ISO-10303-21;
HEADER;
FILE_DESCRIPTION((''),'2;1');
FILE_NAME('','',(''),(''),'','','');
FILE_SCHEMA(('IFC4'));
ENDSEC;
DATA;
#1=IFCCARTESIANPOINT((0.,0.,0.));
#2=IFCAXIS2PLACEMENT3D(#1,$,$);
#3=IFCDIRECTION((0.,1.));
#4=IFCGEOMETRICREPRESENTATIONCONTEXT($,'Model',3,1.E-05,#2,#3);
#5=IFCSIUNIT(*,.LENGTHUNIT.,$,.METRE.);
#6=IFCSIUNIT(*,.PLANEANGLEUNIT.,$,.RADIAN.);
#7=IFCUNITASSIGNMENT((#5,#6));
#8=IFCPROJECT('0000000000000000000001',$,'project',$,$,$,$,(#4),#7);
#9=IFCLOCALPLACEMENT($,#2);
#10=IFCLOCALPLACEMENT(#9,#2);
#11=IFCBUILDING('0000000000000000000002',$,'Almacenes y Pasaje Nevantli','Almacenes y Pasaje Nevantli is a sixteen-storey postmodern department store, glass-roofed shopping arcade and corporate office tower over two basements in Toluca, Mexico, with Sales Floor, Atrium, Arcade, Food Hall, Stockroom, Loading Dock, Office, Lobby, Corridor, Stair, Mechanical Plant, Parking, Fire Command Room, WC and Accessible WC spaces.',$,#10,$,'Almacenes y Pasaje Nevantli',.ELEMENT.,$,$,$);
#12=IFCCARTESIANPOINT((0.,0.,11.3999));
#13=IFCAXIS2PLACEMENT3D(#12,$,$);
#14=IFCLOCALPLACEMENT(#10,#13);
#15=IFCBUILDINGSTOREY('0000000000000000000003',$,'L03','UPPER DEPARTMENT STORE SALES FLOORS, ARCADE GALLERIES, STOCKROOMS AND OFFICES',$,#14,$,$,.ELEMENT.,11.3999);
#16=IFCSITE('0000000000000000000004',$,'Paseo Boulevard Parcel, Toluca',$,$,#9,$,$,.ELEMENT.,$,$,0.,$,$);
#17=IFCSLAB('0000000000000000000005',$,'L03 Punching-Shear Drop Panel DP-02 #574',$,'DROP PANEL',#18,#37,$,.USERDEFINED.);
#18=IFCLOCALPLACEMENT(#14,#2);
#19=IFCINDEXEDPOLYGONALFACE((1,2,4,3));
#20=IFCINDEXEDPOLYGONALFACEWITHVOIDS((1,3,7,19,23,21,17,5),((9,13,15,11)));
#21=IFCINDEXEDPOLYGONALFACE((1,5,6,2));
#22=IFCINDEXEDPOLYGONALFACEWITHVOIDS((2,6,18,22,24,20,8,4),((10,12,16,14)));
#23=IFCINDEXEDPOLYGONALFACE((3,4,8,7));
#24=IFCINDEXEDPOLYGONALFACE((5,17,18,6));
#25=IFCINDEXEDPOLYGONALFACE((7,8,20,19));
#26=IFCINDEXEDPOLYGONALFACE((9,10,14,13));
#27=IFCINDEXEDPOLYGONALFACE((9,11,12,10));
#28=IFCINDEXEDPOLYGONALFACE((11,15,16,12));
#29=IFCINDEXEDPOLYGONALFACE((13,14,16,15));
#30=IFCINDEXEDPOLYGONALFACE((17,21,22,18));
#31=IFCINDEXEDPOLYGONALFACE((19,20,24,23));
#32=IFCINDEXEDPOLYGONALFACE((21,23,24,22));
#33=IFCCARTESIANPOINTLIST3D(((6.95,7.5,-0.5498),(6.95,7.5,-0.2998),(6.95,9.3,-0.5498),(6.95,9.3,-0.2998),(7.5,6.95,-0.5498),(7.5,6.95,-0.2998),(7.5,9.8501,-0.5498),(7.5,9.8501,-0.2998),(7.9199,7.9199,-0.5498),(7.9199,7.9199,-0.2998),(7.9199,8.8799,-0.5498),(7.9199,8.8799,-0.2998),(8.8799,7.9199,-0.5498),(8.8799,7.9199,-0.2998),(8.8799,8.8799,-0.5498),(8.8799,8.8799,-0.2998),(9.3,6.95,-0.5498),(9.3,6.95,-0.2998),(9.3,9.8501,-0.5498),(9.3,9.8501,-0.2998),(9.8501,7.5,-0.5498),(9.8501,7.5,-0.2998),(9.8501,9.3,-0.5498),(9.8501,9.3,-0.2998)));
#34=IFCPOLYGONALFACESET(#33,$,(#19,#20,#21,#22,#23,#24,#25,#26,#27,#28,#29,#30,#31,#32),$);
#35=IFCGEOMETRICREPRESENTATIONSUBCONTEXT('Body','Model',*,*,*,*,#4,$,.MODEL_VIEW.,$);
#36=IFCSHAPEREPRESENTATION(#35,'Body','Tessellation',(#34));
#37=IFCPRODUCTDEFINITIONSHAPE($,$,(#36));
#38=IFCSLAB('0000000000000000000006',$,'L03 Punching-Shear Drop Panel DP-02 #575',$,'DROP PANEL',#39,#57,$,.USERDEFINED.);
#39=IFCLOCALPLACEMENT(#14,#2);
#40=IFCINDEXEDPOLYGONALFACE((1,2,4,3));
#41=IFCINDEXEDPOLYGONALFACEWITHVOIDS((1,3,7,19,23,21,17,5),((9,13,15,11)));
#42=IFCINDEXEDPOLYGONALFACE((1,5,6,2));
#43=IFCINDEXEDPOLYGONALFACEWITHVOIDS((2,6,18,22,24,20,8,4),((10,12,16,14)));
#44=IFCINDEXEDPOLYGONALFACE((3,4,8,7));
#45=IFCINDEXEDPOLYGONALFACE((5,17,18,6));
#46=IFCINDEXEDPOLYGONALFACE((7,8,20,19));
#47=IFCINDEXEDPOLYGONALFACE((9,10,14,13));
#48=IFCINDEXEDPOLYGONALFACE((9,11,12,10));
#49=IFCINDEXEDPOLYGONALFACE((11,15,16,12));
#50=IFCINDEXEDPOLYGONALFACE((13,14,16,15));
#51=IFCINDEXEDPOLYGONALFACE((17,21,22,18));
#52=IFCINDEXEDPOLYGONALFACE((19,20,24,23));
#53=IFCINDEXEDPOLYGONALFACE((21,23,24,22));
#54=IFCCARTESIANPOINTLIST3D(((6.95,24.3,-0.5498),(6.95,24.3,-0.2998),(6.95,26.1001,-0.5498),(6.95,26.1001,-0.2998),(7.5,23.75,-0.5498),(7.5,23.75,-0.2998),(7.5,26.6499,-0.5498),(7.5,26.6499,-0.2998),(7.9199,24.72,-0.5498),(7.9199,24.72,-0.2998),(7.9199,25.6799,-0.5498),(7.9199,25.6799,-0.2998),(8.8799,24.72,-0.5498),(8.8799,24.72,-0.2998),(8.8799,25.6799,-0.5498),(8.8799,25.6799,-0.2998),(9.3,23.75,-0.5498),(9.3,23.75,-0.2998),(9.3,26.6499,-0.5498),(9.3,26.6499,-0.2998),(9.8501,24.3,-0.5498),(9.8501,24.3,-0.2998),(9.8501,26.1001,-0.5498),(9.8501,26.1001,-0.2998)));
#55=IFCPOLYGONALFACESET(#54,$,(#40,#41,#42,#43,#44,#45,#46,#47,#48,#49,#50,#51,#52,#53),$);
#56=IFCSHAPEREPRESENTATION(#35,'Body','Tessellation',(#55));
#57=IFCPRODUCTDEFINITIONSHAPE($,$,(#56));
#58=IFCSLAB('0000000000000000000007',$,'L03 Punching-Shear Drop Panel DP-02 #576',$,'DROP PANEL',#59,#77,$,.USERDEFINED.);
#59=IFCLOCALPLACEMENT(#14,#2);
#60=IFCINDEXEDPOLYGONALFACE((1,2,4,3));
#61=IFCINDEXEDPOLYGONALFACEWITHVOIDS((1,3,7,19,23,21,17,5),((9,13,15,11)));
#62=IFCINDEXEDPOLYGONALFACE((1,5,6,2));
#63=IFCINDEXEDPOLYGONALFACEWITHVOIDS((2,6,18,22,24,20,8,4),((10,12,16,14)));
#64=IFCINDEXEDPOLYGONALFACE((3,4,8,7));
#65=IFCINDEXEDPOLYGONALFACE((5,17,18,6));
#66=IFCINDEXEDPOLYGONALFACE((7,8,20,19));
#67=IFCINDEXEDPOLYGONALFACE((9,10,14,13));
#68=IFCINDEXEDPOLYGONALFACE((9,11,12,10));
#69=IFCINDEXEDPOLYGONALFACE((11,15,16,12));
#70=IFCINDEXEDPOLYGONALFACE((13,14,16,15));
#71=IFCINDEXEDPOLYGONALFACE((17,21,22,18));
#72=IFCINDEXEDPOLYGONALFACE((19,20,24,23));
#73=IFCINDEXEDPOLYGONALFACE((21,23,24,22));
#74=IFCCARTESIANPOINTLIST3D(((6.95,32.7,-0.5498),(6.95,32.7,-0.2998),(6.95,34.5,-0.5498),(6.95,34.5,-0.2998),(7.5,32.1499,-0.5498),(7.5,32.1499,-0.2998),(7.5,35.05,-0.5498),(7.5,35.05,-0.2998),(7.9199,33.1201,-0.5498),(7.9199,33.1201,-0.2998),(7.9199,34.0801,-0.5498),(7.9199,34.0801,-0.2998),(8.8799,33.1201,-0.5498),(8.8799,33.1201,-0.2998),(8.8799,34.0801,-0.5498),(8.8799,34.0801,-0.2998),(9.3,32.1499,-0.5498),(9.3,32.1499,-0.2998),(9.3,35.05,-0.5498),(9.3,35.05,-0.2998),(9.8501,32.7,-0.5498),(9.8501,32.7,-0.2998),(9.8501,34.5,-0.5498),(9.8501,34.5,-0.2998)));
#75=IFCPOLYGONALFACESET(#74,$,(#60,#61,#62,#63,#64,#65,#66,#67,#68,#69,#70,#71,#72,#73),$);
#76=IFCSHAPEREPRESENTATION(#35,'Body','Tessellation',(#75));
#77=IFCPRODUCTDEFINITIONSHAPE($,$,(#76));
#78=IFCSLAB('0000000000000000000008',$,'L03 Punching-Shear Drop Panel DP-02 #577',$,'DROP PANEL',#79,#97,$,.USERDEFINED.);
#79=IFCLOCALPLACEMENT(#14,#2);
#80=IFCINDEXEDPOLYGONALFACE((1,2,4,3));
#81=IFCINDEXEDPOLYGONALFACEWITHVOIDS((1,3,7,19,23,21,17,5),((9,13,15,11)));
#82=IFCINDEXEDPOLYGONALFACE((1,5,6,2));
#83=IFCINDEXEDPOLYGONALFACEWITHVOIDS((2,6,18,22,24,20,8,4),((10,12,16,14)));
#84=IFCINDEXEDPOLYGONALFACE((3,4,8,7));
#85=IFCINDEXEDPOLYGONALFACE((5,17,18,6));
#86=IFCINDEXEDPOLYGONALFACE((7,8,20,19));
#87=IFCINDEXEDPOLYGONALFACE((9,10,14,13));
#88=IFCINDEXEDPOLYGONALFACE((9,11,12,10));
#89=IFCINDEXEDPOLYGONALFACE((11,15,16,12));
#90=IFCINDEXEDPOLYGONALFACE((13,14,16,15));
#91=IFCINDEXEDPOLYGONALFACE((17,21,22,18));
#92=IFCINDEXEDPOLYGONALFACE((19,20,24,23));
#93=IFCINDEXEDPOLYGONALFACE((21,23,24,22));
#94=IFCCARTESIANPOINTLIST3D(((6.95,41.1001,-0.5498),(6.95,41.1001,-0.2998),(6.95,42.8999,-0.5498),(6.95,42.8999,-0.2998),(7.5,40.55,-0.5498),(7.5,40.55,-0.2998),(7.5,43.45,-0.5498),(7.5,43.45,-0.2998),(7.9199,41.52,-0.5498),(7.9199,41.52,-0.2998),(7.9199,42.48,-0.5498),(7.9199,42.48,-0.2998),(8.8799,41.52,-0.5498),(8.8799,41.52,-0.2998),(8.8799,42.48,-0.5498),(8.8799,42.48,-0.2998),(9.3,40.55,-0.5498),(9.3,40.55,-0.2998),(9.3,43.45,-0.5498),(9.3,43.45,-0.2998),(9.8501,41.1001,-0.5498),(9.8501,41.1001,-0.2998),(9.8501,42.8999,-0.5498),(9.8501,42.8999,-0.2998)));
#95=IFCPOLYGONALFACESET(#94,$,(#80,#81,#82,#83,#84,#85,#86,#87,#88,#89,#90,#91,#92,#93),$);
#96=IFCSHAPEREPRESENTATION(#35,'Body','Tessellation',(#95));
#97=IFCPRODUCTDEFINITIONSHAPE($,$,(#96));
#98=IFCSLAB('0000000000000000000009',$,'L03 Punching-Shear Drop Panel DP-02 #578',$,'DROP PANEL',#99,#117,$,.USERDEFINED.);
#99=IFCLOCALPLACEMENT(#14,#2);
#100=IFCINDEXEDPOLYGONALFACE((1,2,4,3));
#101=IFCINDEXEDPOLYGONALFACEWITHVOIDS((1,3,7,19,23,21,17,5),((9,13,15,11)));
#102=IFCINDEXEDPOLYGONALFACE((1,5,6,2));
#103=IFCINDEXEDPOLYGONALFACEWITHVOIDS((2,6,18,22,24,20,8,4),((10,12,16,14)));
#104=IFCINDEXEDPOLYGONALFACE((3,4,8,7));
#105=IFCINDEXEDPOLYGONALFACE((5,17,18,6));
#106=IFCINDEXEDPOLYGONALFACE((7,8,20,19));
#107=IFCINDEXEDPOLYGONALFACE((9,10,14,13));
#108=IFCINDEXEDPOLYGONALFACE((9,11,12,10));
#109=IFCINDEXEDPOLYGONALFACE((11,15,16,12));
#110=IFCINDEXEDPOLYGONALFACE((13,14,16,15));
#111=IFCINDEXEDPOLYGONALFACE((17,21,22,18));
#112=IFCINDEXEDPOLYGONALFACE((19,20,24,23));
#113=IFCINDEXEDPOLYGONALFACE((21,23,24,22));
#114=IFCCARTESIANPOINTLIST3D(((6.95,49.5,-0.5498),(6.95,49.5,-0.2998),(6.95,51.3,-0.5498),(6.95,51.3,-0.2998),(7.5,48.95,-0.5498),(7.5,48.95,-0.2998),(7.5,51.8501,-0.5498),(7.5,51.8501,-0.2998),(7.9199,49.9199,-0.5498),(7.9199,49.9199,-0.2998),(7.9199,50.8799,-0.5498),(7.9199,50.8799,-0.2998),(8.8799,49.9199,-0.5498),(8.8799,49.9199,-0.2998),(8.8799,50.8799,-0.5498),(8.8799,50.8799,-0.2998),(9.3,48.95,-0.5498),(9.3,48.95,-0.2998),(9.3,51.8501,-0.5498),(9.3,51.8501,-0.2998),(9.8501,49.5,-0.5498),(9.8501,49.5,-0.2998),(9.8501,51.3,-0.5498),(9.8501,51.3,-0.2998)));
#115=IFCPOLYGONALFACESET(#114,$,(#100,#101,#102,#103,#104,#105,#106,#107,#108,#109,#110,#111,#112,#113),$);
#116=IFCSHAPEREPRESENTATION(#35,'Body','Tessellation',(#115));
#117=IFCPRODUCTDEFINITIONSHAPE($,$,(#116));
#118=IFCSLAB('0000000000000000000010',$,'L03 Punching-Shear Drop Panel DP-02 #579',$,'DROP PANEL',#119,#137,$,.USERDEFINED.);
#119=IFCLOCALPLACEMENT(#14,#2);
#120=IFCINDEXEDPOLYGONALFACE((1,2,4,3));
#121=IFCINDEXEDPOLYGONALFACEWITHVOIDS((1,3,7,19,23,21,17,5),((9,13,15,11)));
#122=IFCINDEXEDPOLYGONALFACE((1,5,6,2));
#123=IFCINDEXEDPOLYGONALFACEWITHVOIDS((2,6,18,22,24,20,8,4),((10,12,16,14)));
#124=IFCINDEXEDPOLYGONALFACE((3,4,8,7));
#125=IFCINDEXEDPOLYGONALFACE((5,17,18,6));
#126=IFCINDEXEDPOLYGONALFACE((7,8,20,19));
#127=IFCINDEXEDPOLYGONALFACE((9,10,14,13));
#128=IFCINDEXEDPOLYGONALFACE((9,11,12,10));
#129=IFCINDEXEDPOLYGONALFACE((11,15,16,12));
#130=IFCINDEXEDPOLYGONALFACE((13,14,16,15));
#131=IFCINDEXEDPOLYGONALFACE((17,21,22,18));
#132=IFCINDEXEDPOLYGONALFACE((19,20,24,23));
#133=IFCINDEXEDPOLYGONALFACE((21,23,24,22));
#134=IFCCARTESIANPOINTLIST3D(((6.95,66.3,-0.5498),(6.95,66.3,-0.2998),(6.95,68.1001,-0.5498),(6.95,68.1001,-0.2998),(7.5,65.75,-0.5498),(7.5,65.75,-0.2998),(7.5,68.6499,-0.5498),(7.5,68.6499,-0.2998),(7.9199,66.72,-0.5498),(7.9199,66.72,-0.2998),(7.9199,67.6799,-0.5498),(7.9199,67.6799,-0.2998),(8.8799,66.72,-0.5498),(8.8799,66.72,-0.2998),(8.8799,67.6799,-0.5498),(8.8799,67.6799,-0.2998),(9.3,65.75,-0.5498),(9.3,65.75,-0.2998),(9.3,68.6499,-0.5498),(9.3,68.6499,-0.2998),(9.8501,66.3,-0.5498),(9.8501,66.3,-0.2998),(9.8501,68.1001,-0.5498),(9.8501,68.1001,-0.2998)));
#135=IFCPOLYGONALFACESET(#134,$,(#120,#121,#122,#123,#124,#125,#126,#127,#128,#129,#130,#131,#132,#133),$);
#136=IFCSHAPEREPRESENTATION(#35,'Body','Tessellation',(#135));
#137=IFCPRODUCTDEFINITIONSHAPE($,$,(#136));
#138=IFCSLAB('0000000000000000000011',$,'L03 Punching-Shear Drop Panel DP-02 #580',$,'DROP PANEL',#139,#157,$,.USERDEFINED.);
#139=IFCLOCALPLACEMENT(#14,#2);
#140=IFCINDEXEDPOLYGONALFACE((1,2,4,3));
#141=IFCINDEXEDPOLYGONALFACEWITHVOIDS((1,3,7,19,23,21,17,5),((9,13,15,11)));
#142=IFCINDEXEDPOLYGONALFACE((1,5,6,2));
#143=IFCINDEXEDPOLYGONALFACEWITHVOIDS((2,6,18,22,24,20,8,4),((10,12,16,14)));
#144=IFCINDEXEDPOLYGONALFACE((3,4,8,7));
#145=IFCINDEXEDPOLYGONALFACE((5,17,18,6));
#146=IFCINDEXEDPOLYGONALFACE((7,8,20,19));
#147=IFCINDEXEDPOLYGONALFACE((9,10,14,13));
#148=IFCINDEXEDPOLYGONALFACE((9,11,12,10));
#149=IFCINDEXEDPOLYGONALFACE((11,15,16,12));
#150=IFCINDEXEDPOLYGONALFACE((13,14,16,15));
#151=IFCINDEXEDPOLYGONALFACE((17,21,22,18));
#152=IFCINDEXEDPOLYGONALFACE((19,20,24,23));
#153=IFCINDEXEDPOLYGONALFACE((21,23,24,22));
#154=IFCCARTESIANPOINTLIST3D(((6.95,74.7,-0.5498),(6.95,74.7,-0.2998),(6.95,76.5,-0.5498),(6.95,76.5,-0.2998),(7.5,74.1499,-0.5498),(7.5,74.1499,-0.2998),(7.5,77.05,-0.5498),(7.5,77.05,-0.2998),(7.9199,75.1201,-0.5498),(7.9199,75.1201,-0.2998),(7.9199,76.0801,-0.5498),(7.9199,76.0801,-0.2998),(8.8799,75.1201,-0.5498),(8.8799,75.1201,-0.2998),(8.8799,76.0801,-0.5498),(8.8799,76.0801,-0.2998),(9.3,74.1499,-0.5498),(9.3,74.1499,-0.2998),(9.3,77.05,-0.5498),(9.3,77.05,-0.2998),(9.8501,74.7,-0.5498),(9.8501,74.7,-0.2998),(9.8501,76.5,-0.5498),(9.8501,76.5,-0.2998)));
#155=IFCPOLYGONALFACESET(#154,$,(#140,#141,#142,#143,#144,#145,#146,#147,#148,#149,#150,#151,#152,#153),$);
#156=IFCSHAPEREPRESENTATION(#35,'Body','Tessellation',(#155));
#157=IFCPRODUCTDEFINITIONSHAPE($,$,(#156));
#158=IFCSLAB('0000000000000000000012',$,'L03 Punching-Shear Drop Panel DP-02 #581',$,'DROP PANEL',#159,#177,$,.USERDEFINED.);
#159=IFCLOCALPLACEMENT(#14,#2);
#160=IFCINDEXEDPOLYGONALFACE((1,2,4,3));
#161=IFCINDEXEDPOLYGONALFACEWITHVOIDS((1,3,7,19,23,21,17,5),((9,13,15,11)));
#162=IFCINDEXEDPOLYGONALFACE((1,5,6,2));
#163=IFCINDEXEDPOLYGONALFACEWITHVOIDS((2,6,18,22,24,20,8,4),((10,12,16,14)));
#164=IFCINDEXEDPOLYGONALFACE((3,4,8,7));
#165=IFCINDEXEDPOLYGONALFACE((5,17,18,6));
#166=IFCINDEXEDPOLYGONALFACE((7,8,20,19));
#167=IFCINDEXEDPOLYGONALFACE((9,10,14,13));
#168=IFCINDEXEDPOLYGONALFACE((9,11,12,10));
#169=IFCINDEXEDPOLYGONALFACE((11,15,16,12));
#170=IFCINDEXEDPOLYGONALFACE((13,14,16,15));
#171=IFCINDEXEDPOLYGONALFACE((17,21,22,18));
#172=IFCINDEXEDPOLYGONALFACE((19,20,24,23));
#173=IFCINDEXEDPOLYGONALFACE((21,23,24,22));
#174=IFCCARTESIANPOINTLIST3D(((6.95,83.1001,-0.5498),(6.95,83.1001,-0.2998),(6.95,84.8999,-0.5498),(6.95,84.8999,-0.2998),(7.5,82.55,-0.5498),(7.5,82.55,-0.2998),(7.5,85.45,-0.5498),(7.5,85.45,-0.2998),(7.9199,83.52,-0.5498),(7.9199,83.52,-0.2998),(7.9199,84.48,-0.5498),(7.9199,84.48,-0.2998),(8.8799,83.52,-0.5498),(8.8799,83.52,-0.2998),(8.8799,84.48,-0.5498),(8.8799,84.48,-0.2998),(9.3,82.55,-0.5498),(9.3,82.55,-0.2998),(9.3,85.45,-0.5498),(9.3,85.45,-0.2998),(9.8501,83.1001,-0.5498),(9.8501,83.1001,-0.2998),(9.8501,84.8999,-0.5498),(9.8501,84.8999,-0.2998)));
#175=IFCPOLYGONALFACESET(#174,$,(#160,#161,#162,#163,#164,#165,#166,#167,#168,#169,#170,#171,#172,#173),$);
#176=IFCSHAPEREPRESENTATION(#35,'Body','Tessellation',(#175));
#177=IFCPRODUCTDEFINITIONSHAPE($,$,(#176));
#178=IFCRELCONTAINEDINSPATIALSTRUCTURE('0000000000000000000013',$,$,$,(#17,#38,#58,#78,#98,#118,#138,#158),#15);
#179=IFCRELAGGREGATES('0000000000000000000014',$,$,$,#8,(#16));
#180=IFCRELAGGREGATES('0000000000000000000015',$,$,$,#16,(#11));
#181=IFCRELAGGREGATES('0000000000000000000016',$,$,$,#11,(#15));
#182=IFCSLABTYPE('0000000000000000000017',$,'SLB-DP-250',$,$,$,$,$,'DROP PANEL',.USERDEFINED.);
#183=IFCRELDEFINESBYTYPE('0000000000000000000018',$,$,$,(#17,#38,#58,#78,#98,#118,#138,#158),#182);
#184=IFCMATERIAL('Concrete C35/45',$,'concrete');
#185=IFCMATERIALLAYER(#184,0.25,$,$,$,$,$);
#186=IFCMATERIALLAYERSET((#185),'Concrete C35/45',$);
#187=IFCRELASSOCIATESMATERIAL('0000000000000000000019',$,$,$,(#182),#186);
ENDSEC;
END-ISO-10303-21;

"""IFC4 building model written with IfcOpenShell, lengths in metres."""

from ifc_helpers import new_model, si_unit, direction, frame, origin, place, context, subcontext, project, spatial, polyline, outline, extrude, material, layer, layer_set, type_object, element, save


model = new_model("IFC4")

# Units and contexts
model_context = context("Model", 3, precision=1e-05, world=origin(), true_north=direction((0.0, 1.0)))
body_context = subcontext(model_context, "Body", "Model", "MODEL_VIEW")
ifc_project = project(units=[si_unit("LENGTHUNIT", "METRE"), si_unit("PLANEANGLEUNIT", "RADIAN")], contexts=[model_context])

# Site, building, storey
site_placement = place(None, origin())
site = spatial("IfcSite", under=ifc_project, at=site_placement, Name="Paseo Boulevard Parcel, Toluca", CompositionType="ELEMENT", RefElevation=0.0)
building_placement = place(site_placement, origin())
building = spatial("IfcBuilding", under=site, at=building_placement, Name="Almacenes y Pasaje Nevantli", Description="Almacenes y Pasaje Nevantli is a sixteen-storey postmodern department store, glass-roofed shopping arcade and corporate office tower over two basements in Toluca, Mexico, with Sales Floor, Atrium, Arcade, Food Hall, Stockroom, Loading Dock, Office, Lobby, Corridor, Stair, Mechanical Plant, Parking, Fire Command Room, WC and Accessible WC spaces.", LongName="Almacenes y Pasaje Nevantli", CompositionType="ELEMENT")
storey_placement = place(building_placement, frame((0.0, 0.0, 11.3999)))
storey = spatial("IfcBuildingStorey", under=building, at=storey_placement, Name="L03", Description="UPPER DEPARTMENT STORE SALES FLOORS, ARCADE GALLERIES, STOCKROOMS AND OFFICES", CompositionType="ELEMENT", Elevation=11.3999)

# Slabs
ifc_material_1 = material(Name="Concrete C35/45", Category="concrete")
ifc_layer_1 = layer(ifc_material_1, 0.25)
ifc_layer_set_1 = layer_set([ifc_layer_1], Name="Concrete C35/45")
slab_type_1 = type_object("IfcSlabType", Name="SLB-DP-250", ElementType="DROP PANEL", PredefinedType="USERDEFINED", material=ifc_layer_set_1)
slab_1_placement = place(storey_placement, frame((0.0, 0.0, -0.5498)))
element("IfcSlab", 1, at=slab_1_placement, inside=storey, type_object=slab_type_1, Name="L03 Punching-Shear Drop Panel DP-02 #574", ObjectType="DROP PANEL", PredefinedType="USERDEFINED", context=body_context, shape_type="SweptSolid", body=[
    extrude(outline(polyline([(7.5, 6.95), (9.3, 6.95), (9.8501, 7.5), (9.8501, 9.3), (9.3, 9.8501), (7.5, 9.8501), (6.95, 9.3), (6.95, 7.5), (7.5, 6.95)]), holes=[polyline([(7.9199, 7.9199), (8.8799, 7.9199), (8.8799, 8.8799), (7.9199, 8.8799), (7.9199, 7.9199)])]), origin(), (0.0, 0.0, 1.0), 0.25),
])
slab_2_placement = place(storey_placement, frame((0.0, 0.0, -0.5498)))
element("IfcSlab", 2, at=slab_2_placement, inside=storey, type_object=slab_type_1, Name="L03 Punching-Shear Drop Panel DP-02 #575", ObjectType="DROP PANEL", PredefinedType="USERDEFINED", context=body_context, shape_type="SweptSolid", body=[
    extrude(outline(polyline([(7.5, 23.75), (9.3, 23.75), (9.8501, 24.3), (9.8501, 26.1001), (9.3, 26.6499), (7.5, 26.6499), (6.95, 26.1001), (6.95, 24.3), (7.5, 23.75)]), holes=[polyline([(7.9199, 24.72), (8.8799, 24.72), (8.8799, 25.6799), (7.9199, 25.6799), (7.9199, 24.72)])]), origin(), (0.0, 0.0, 1.0), 0.25),
])
slab_3_placement = place(storey_placement, frame((0.0, 0.0, -0.5498)))
element("IfcSlab", 3, at=slab_3_placement, inside=storey, type_object=slab_type_1, Name="L03 Punching-Shear Drop Panel DP-02 #576", ObjectType="DROP PANEL", PredefinedType="USERDEFINED", context=body_context, shape_type="SweptSolid", body=[
    extrude(outline(polyline([(7.5, 32.1499), (9.3, 32.1499), (9.8501, 32.7), (9.8501, 34.5), (9.3, 35.05), (7.5, 35.05), (6.95, 34.5), (6.95, 32.7), (7.5, 32.1499)]), holes=[polyline([(7.9199, 33.1201), (8.8799, 33.1201), (8.8799, 34.0801), (7.9199, 34.0801), (7.9199, 33.1201)])]), origin(), (0.0, 0.0, 1.0), 0.25),
])
slab_4_placement = place(storey_placement, frame((0.0, 0.0, -0.5498)))
element("IfcSlab", 4, at=slab_4_placement, inside=storey, type_object=slab_type_1, Name="L03 Punching-Shear Drop Panel DP-02 #577", ObjectType="DROP PANEL", PredefinedType="USERDEFINED", context=body_context, shape_type="SweptSolid", body=[
    extrude(outline(polyline([(7.5, 40.55), (9.3, 40.55), (9.8501, 41.1001), (9.8501, 42.8999), (9.3, 43.45), (7.5, 43.45), (6.95, 42.8999), (6.95, 41.1001), (7.5, 40.55)]), holes=[polyline([(7.9199, 41.52), (8.8799, 41.52), (8.8799, 42.48), (7.9199, 42.48), (7.9199, 41.52)])]), origin(), (0.0, 0.0, 1.0), 0.25),
])
slab_5_placement = place(storey_placement, frame((0.0, 0.0, -0.5498)))
element("IfcSlab", 5, at=slab_5_placement, inside=storey, type_object=slab_type_1, Name="L03 Punching-Shear Drop Panel DP-02 #578", ObjectType="DROP PANEL", PredefinedType="USERDEFINED", context=body_context, shape_type="SweptSolid", body=[
    extrude(outline(polyline([(7.5, 48.95), (9.3, 48.95), (9.8501, 49.5), (9.8501, 51.3), (9.3, 51.8501), (7.5, 51.8501), (6.95, 51.3), (6.95, 49.5), (7.5, 48.95)]), holes=[polyline([(7.9199, 49.9199), (8.8799, 49.9199), (8.8799, 50.8799), (7.9199, 50.8799), (7.9199, 49.9199)])]), origin(), (0.0, 0.0, 1.0), 0.25),
])
slab_6_placement = place(storey_placement, frame((0.0, 0.0, -0.5498)))
element("IfcSlab", 6, at=slab_6_placement, inside=storey, type_object=slab_type_1, Name="L03 Punching-Shear Drop Panel DP-02 #579", ObjectType="DROP PANEL", PredefinedType="USERDEFINED", context=body_context, shape_type="SweptSolid", body=[
    extrude(outline(polyline([(7.5, 65.75), (9.3, 65.75), (9.8501, 66.3), (9.8501, 68.1001), (9.3, 68.6499), (7.5, 68.6499), (6.95, 68.1001), (6.95, 66.3), (7.5, 65.75)]), holes=[polyline([(7.9199, 66.72), (8.8799, 66.72), (8.8799, 67.6799), (7.9199, 67.6799), (7.9199, 66.72)])]), origin(), (0.0, 0.0, 1.0), 0.25),
])
slab_7_placement = place(storey_placement, frame((0.0, 0.0, -0.5498)))
element("IfcSlab", 7, at=slab_7_placement, inside=storey, type_object=slab_type_1, Name="L03 Punching-Shear Drop Panel DP-02 #580", ObjectType="DROP PANEL", PredefinedType="USERDEFINED", context=body_context, shape_type="SweptSolid", body=[
    extrude(outline(polyline([(7.5, 74.1499), (9.3, 74.1499), (9.8501, 74.7), (9.8501, 76.5), (9.3, 77.05), (7.5, 77.05), (6.95, 76.5), (6.95, 74.7), (7.5, 74.1499)]), holes=[polyline([(7.9199, 75.1201), (8.8799, 75.1201), (8.8799, 76.0801), (7.9199, 76.0801), (7.9199, 75.1201)])]), origin(), (0.0, 0.0, 1.0), 0.25),
])
slab_8_placement = place(storey_placement, frame((0.0, 0.0, -0.5498)))
element("IfcSlab", 8, at=slab_8_placement, inside=storey, type_object=slab_type_1, Name="L03 Punching-Shear Drop Panel DP-02 #581", ObjectType="DROP PANEL", PredefinedType="USERDEFINED", context=body_context, shape_type="SweptSolid", body=[
    extrude(outline(polyline([(7.5, 82.55), (9.3, 82.55), (9.8501, 83.1001), (9.8501, 84.8999), (9.3, 85.45), (7.5, 85.45), (6.95, 84.8999), (6.95, 83.1001), (7.5, 82.55)]), holes=[polyline([(7.9199, 83.52), (8.8799, 83.52), (8.8799, 84.48), (7.9199, 84.48), (7.9199, 83.52)])]), origin(), (0.0, 0.0, 1.0), 0.25),
])

save(model, "model.ifc")
